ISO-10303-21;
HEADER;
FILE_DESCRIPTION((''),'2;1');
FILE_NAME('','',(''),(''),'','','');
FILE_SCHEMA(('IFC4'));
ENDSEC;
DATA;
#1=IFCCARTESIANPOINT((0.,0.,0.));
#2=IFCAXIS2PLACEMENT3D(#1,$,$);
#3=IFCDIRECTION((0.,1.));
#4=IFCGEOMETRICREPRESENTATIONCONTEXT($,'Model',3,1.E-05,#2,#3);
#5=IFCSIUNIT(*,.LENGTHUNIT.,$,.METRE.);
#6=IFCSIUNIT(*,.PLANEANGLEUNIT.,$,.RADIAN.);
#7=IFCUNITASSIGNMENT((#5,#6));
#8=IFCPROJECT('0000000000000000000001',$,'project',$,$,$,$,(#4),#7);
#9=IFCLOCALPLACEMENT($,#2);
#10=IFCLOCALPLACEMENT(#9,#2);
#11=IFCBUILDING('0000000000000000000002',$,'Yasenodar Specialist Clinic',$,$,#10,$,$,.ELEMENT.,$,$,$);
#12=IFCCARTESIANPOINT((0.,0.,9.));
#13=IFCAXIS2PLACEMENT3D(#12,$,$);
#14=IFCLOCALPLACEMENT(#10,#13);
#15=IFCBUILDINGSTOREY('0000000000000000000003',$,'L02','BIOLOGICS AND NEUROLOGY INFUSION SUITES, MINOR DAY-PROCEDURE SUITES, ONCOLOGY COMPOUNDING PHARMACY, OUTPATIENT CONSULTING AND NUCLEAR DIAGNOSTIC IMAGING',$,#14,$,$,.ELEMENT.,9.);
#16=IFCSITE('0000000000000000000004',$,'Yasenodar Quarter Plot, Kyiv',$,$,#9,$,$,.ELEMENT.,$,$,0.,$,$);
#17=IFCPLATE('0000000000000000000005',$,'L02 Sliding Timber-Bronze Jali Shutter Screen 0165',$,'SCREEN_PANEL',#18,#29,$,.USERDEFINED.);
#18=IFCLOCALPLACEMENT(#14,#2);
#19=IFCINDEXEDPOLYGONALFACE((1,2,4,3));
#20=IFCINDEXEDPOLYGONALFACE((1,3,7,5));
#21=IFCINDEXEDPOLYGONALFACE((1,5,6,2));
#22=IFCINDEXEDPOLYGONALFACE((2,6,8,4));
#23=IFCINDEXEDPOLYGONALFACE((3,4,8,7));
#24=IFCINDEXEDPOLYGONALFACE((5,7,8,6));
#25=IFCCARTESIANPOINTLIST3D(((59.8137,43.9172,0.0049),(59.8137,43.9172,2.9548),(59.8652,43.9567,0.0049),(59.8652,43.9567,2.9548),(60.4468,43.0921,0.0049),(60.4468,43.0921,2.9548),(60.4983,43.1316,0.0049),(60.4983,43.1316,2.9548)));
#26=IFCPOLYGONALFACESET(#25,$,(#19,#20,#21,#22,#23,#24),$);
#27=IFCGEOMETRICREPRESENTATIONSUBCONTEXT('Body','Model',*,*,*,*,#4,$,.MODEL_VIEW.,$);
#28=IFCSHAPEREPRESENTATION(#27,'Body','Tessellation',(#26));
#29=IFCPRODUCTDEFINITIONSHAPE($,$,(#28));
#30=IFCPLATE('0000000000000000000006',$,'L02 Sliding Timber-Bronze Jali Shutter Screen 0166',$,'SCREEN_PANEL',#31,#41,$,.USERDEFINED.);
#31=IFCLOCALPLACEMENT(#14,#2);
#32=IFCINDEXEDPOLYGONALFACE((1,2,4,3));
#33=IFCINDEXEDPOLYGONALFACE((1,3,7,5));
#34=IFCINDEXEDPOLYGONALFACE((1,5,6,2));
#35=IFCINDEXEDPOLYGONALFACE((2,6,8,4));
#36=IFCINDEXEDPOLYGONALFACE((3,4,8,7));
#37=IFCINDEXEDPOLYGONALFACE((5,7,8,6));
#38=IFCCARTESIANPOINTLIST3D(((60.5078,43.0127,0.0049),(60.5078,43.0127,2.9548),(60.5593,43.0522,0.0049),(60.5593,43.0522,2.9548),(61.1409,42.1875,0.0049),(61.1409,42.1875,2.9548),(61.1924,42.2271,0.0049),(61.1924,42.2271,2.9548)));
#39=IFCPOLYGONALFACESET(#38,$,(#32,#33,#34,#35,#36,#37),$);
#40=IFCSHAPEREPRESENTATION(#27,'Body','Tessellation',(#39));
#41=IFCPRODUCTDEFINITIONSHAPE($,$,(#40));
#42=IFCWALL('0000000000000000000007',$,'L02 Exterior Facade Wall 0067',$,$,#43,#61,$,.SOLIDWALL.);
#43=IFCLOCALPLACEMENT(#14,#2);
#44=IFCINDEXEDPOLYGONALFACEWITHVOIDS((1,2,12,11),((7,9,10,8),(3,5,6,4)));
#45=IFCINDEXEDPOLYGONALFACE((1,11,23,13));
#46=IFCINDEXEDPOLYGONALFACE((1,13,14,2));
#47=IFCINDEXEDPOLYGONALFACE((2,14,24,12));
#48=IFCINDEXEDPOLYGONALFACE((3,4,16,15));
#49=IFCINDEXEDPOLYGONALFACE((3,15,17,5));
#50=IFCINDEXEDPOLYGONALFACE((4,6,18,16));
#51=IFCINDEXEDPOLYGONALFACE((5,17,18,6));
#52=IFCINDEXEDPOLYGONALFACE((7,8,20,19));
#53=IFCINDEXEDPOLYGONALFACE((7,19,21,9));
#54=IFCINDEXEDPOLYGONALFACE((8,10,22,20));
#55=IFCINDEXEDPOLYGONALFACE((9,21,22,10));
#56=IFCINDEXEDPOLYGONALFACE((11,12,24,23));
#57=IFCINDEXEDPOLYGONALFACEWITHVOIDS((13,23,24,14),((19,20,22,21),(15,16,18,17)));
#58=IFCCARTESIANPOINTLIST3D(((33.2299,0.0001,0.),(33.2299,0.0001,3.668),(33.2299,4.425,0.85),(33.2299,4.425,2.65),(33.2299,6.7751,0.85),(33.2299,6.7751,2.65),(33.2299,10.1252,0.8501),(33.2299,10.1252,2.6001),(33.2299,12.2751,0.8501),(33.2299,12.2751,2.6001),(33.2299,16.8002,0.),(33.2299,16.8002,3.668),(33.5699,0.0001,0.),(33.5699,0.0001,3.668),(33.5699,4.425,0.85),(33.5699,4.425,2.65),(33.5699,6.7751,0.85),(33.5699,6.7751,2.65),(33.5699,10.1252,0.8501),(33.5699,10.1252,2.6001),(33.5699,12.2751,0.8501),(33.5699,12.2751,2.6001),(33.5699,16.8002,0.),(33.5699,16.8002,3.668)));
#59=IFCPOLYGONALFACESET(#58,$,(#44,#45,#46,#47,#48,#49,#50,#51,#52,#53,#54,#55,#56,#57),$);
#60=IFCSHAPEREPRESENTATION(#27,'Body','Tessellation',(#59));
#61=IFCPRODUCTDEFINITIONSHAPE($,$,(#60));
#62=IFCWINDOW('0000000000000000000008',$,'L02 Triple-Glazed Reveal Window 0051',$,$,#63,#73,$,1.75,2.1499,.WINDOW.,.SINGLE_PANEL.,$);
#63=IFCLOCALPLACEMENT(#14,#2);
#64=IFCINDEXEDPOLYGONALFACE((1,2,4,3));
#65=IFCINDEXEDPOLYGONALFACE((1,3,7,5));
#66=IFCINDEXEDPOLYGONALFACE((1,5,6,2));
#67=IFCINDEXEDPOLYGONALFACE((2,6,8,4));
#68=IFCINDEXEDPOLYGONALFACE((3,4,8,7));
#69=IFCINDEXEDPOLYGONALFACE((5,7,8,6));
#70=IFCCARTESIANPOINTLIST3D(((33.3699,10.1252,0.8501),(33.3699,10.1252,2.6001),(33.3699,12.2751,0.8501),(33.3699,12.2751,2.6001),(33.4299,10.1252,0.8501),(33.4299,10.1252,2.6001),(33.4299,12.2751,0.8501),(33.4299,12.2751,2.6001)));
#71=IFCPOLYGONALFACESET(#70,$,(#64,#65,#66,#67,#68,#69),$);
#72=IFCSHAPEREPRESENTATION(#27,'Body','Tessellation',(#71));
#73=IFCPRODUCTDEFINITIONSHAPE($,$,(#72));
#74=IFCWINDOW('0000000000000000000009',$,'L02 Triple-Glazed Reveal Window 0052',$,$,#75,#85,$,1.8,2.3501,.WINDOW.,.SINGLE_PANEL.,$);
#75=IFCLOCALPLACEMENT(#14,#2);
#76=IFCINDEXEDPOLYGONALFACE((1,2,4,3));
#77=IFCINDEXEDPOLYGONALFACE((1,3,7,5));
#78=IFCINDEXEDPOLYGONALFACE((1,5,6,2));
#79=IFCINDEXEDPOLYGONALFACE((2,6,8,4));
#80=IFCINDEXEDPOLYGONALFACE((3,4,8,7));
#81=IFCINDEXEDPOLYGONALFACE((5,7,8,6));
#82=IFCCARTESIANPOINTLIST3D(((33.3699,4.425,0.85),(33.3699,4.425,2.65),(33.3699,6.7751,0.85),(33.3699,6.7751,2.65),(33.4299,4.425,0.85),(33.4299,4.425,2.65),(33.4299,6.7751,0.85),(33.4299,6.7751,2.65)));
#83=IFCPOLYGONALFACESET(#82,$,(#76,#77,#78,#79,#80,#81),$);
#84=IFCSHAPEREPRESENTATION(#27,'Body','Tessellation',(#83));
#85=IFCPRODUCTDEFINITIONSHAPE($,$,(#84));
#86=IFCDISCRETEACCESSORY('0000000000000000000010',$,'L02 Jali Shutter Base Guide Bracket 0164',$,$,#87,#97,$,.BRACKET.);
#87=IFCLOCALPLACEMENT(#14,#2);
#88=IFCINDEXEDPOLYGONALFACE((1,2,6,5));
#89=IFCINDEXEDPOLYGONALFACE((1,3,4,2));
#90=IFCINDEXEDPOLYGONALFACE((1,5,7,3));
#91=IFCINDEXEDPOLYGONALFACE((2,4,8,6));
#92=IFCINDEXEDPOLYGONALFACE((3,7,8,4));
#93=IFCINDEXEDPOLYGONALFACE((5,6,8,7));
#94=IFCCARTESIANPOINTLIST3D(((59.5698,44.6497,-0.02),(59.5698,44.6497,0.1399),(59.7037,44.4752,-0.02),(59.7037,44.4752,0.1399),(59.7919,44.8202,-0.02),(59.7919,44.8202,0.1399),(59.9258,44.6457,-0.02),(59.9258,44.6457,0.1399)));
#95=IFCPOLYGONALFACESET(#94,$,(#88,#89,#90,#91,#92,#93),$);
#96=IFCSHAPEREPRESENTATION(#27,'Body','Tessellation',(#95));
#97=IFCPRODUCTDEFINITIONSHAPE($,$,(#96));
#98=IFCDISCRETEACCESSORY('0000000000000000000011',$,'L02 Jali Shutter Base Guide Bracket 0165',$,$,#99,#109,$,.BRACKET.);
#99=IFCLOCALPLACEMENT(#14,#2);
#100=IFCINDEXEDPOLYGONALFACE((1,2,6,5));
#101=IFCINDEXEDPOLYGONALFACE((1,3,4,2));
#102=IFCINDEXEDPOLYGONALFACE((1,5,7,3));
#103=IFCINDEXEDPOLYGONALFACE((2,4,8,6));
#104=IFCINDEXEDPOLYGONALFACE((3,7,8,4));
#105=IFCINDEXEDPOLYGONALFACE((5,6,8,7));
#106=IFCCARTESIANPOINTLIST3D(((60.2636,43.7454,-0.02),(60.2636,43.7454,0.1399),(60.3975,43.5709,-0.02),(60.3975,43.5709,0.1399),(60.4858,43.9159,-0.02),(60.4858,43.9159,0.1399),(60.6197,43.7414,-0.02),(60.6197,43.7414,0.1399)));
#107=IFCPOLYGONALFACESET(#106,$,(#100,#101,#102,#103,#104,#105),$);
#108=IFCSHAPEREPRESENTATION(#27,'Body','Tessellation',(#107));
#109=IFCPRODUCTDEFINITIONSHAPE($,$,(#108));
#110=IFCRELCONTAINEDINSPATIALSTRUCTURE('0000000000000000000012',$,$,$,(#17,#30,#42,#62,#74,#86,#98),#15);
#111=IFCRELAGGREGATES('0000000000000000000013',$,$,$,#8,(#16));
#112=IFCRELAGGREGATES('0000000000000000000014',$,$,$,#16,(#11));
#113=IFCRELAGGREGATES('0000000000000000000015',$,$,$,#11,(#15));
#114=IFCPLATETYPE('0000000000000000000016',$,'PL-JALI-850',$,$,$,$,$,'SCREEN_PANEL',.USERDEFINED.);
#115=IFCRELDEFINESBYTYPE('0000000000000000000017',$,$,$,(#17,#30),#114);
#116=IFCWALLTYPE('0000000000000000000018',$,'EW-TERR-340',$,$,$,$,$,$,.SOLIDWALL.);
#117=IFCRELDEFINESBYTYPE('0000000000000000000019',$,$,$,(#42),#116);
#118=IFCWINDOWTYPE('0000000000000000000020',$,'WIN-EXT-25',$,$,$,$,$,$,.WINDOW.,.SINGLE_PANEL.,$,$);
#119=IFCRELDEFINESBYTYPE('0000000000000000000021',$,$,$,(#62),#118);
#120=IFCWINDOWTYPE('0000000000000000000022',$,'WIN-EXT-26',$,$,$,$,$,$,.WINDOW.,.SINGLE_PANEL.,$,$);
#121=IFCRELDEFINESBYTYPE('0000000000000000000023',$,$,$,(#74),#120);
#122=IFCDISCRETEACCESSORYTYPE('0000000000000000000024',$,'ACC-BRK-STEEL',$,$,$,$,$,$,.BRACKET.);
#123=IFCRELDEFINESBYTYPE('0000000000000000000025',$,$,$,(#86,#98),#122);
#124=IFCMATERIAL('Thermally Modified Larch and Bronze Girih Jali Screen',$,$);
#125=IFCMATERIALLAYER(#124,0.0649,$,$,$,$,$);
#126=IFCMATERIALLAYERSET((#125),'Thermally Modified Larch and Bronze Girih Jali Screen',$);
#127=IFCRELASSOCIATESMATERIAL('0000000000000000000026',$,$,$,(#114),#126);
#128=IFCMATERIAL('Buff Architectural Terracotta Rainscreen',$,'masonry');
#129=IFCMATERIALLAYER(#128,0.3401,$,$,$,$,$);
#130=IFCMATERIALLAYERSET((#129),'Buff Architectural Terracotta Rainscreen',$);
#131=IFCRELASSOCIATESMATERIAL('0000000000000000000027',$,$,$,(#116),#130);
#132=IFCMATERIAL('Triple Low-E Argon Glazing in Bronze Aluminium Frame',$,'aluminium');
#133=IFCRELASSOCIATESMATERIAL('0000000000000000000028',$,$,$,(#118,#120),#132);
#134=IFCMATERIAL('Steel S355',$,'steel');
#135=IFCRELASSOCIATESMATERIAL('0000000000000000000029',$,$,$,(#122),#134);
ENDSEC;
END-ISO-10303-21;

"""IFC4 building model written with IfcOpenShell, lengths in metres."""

from ifc_helpers import new_model, si_unit, direction, frame, frame_2d, origin, origin_2d, place, context, subcontext, project, spatial, rectangle, extrude, material, layer, layer_set, type_object, element, fill, save


model = new_model("IFC4")

# Units and contexts
model_context = context("Model", 3, precision=1e-05, world=origin(), true_north=direction((0.0, 1.0)))
body_context = subcontext(model_context, "Body", "Model", "MODEL_VIEW")
ifc_project = project(units=[si_unit("LENGTHUNIT", "METRE"), si_unit("PLANEANGLEUNIT", "RADIAN")], contexts=[model_context])

# Site, building, storey
site_placement = place(None, origin())
site = spatial("IfcSite", under=ifc_project, at=site_placement, Name="Yasenodar Quarter Plot, Kyiv", CompositionType="ELEMENT", RefElevation=0.0)
building_placement = place(site_placement, origin())
building = spatial("IfcBuilding", under=site, at=building_placement, Name="Yasenodar Specialist Clinic", CompositionType="ELEMENT")
storey_placement = place(building_placement, frame((0.0, 0.0, 9.0)))
storey = spatial("IfcBuildingStorey", under=building, at=storey_placement, Name="L02", Description="BIOLOGICS AND NEUROLOGY INFUSION SUITES, MINOR DAY-PROCEDURE SUITES, ONCOLOGY COMPOUNDING PHARMACY, OUTPATIENT CONSULTING AND NUCLEAR DIAGNOSTIC IMAGING", CompositionType="ELEMENT", Elevation=9.0)

# Plates
ifc_material_1 = material(Name="Thermally Modified Larch and Bronze Girih Jali Screen")
ifc_layer_1 = layer(ifc_material_1, 0.0649)
ifc_layer_set_1 = layer_set([ifc_layer_1], Name="Thermally Modified Larch and Bronze Girih Jali Screen")
plate_type_1 = type_object("IfcPlateType", Name="PL-JALI-850", ElementType="SCREEN_PANEL", PredefinedType="USERDEFINED", material=ifc_layer_set_1)
for number, where, z_axis, x_axis, name in (
    (1, (60.156, 43.5244, 0.0049), (0.0, 0.0, 1.0), (0.608764, -0.793351, 0.0), "L02 Sliding Timber-Bronze Jali Shutter Screen 0165"),
    (2, (60.8501, 42.6199, 0.0049), (0.0, 0.0, 1.0), (0.608764, -0.793351, 0.0), "L02 Sliding Timber-Bronze Jali Shutter Screen 0166"),
):
    element("IfcPlate", number, at=place(storey_placement, frame(where, z_axis=z_axis, x_axis=x_axis)), inside=storey, type_object=plate_type_1, Name=name, ObjectType="SCREEN_PANEL", PredefinedType="USERDEFINED", context=body_context, shape_type="SweptSolid", body=[
        extrude(rectangle(XDim=1.04, YDim=0.0649, at=origin_2d()), origin(), (0.0, 0.0, 1.0), 2.95),
    ])

# Wall, openings, windows
ifc_material_2 = material(Name="Buff Architectural Terracotta Rainscreen", Category="masonry")
ifc_layer_2 = layer(ifc_material_2, 0.3401)
ifc_layer_set_2 = layer_set([ifc_layer_2], Name="Buff Architectural Terracotta Rainscreen")
wall_type = type_object("IfcWallType", Name="EW-TERR-340", PredefinedType="SOLIDWALL", material=ifc_layer_set_2)
wall_placement = place(storey_placement, frame((33.3999, 16.8, 0.0), z_axis=(0.0, 0.0, 1.0), x_axis=(0.0, -1.0, 0.0)))
wall = element("IfcWall", 3, at=wall_placement, inside=storey, type_object=wall_type, Name="L02 Exterior Facade Wall 0067", PredefinedType="SOLIDWALL", context=body_context, shape_type="SweptSolid", body=[
    extrude(rectangle(XDim=16.8, YDim=0.3401, at=frame_2d((8.3999, 0.0))), origin(), (0.0, 0.0, 1.0), 3.668),
])
opening_1_placement = place(wall_placement, frame((4.5249, 0.0, 0.8501)))
opening_1 = element("IfcOpeningElement", 4, at=opening_1_placement, cuts=wall, PredefinedType="OPENING", context=body_context, shape_type="SweptSolid", body=[
    extrude(rectangle(XDim=2.1499, YDim=1.75, at=frame_2d((1.075, 0.875))), frame((0.0, 0.1802, 0.0), z_axis=(0.0, -1.0, 0.0), x_axis=(1.0, 0.0, 0.0)), (0.0, 0.0, 1.0), 0.3601),
])
opening_2_placement = place(wall_placement, frame((10.0249, 0.0, 0.8501)))
opening_2 = element("IfcOpeningElement", 5, at=opening_2_placement, cuts=wall, PredefinedType="OPENING", context=body_context, shape_type="SweptSolid", body=[
    extrude(rectangle(XDim=2.3501, YDim=1.8, at=frame_2d((1.175, 0.8999))), frame((0.0, 0.1802, 0.0), z_axis=(0.0, -1.0, 0.0), x_axis=(1.0, 0.0, 0.0)), (0.0, 0.0, 1.0), 0.3601),
])
ifc_material_3 = material(Name="Triple Low-E Argon Glazing in Bronze Aluminium Frame", Category="aluminium")
window_type_1 = type_object("IfcWindowType", Name="WIN-EXT-25", PartitioningType="SINGLE_PANEL", PredefinedType="WINDOW", material=ifc_material_3)
window_1_placement = place(opening_1_placement, origin())
window_1 = element("IfcWindow", 6, at=window_1_placement, inside=storey, type_object=window_type_1, Name="L02 Triple-Glazed Reveal Window 0051", OverallHeight=1.75, OverallWidth=2.1499, PartitioningType="SINGLE_PANEL", PredefinedType="WINDOW", context=body_context, shape_type="SweptSolid", body=[
    extrude(rectangle(XDim=2.1499, YDim=1.75, at=frame_2d((1.075, 0.875))), frame((0.0, 0.03, 0.0), z_axis=(0.0, -1.0, 0.0), x_axis=(1.0, 0.0, 0.0)), (0.0, 0.0, 1.0), 0.0601),
])
fill(opening_1, window_1)
window_type_2 = type_object("IfcWindowType", Name="WIN-EXT-26", PartitioningType="SINGLE_PANEL", PredefinedType="WINDOW", material=ifc_material_3)
window_2_placement = place(opening_2_placement, origin())
window_2 = element("IfcWindow", 7, at=window_2_placement, inside=storey, type_object=window_type_2, Name="L02 Triple-Glazed Reveal Window 0052", OverallHeight=1.8, OverallWidth=2.3501, PartitioningType="SINGLE_PANEL", PredefinedType="WINDOW", context=body_context, shape_type="SweptSolid", body=[
    extrude(rectangle(XDim=2.3501, YDim=1.8, at=frame_2d((1.175, 0.8999))), frame((0.0, 0.03, 0.0), z_axis=(0.0, -1.0, 0.0), x_axis=(1.0, 0.0, 0.0)), (0.0, 0.0, 1.0), 0.0601),
])
fill(opening_2, window_2)

# Discrete accessories
ifc_material_4 = material(Name="Steel S355", Category="steel")
discrete_accessory_type = type_object("IfcDiscreteAccessoryType", Name="ACC-BRK-STEEL", PredefinedType="BRACKET", material=ifc_material_4)
for number, where, z_axis, x_axis, name in (
    (8, (59.7478, 44.6477, -0.02), (0.0, 0.0, 1.0), (0.608764, -0.793351, 0.0), "L02 Jali Shutter Base Guide Bracket 0164"),
    (9, (60.4417, 43.7434, -0.02), (0.0, 0.0, 1.0), (0.608764, -0.793351, 0.0), "L02 Jali Shutter Base Guide Bracket 0165"),
):
    element("IfcDiscreteAccessory", number, at=place(storey_placement, frame(where, z_axis=z_axis, x_axis=x_axis)), inside=storey, type_object=discrete_accessory_type, Name=name, PredefinedType="BRACKET", context=body_context, shape_type="SweptSolid", body=[
        extrude(rectangle(XDim=0.22, YDim=0.28, at=origin_2d()), origin(), (0.0, 0.0, 1.0), 0.1599),
    ])

save(model, "model.ifc")
